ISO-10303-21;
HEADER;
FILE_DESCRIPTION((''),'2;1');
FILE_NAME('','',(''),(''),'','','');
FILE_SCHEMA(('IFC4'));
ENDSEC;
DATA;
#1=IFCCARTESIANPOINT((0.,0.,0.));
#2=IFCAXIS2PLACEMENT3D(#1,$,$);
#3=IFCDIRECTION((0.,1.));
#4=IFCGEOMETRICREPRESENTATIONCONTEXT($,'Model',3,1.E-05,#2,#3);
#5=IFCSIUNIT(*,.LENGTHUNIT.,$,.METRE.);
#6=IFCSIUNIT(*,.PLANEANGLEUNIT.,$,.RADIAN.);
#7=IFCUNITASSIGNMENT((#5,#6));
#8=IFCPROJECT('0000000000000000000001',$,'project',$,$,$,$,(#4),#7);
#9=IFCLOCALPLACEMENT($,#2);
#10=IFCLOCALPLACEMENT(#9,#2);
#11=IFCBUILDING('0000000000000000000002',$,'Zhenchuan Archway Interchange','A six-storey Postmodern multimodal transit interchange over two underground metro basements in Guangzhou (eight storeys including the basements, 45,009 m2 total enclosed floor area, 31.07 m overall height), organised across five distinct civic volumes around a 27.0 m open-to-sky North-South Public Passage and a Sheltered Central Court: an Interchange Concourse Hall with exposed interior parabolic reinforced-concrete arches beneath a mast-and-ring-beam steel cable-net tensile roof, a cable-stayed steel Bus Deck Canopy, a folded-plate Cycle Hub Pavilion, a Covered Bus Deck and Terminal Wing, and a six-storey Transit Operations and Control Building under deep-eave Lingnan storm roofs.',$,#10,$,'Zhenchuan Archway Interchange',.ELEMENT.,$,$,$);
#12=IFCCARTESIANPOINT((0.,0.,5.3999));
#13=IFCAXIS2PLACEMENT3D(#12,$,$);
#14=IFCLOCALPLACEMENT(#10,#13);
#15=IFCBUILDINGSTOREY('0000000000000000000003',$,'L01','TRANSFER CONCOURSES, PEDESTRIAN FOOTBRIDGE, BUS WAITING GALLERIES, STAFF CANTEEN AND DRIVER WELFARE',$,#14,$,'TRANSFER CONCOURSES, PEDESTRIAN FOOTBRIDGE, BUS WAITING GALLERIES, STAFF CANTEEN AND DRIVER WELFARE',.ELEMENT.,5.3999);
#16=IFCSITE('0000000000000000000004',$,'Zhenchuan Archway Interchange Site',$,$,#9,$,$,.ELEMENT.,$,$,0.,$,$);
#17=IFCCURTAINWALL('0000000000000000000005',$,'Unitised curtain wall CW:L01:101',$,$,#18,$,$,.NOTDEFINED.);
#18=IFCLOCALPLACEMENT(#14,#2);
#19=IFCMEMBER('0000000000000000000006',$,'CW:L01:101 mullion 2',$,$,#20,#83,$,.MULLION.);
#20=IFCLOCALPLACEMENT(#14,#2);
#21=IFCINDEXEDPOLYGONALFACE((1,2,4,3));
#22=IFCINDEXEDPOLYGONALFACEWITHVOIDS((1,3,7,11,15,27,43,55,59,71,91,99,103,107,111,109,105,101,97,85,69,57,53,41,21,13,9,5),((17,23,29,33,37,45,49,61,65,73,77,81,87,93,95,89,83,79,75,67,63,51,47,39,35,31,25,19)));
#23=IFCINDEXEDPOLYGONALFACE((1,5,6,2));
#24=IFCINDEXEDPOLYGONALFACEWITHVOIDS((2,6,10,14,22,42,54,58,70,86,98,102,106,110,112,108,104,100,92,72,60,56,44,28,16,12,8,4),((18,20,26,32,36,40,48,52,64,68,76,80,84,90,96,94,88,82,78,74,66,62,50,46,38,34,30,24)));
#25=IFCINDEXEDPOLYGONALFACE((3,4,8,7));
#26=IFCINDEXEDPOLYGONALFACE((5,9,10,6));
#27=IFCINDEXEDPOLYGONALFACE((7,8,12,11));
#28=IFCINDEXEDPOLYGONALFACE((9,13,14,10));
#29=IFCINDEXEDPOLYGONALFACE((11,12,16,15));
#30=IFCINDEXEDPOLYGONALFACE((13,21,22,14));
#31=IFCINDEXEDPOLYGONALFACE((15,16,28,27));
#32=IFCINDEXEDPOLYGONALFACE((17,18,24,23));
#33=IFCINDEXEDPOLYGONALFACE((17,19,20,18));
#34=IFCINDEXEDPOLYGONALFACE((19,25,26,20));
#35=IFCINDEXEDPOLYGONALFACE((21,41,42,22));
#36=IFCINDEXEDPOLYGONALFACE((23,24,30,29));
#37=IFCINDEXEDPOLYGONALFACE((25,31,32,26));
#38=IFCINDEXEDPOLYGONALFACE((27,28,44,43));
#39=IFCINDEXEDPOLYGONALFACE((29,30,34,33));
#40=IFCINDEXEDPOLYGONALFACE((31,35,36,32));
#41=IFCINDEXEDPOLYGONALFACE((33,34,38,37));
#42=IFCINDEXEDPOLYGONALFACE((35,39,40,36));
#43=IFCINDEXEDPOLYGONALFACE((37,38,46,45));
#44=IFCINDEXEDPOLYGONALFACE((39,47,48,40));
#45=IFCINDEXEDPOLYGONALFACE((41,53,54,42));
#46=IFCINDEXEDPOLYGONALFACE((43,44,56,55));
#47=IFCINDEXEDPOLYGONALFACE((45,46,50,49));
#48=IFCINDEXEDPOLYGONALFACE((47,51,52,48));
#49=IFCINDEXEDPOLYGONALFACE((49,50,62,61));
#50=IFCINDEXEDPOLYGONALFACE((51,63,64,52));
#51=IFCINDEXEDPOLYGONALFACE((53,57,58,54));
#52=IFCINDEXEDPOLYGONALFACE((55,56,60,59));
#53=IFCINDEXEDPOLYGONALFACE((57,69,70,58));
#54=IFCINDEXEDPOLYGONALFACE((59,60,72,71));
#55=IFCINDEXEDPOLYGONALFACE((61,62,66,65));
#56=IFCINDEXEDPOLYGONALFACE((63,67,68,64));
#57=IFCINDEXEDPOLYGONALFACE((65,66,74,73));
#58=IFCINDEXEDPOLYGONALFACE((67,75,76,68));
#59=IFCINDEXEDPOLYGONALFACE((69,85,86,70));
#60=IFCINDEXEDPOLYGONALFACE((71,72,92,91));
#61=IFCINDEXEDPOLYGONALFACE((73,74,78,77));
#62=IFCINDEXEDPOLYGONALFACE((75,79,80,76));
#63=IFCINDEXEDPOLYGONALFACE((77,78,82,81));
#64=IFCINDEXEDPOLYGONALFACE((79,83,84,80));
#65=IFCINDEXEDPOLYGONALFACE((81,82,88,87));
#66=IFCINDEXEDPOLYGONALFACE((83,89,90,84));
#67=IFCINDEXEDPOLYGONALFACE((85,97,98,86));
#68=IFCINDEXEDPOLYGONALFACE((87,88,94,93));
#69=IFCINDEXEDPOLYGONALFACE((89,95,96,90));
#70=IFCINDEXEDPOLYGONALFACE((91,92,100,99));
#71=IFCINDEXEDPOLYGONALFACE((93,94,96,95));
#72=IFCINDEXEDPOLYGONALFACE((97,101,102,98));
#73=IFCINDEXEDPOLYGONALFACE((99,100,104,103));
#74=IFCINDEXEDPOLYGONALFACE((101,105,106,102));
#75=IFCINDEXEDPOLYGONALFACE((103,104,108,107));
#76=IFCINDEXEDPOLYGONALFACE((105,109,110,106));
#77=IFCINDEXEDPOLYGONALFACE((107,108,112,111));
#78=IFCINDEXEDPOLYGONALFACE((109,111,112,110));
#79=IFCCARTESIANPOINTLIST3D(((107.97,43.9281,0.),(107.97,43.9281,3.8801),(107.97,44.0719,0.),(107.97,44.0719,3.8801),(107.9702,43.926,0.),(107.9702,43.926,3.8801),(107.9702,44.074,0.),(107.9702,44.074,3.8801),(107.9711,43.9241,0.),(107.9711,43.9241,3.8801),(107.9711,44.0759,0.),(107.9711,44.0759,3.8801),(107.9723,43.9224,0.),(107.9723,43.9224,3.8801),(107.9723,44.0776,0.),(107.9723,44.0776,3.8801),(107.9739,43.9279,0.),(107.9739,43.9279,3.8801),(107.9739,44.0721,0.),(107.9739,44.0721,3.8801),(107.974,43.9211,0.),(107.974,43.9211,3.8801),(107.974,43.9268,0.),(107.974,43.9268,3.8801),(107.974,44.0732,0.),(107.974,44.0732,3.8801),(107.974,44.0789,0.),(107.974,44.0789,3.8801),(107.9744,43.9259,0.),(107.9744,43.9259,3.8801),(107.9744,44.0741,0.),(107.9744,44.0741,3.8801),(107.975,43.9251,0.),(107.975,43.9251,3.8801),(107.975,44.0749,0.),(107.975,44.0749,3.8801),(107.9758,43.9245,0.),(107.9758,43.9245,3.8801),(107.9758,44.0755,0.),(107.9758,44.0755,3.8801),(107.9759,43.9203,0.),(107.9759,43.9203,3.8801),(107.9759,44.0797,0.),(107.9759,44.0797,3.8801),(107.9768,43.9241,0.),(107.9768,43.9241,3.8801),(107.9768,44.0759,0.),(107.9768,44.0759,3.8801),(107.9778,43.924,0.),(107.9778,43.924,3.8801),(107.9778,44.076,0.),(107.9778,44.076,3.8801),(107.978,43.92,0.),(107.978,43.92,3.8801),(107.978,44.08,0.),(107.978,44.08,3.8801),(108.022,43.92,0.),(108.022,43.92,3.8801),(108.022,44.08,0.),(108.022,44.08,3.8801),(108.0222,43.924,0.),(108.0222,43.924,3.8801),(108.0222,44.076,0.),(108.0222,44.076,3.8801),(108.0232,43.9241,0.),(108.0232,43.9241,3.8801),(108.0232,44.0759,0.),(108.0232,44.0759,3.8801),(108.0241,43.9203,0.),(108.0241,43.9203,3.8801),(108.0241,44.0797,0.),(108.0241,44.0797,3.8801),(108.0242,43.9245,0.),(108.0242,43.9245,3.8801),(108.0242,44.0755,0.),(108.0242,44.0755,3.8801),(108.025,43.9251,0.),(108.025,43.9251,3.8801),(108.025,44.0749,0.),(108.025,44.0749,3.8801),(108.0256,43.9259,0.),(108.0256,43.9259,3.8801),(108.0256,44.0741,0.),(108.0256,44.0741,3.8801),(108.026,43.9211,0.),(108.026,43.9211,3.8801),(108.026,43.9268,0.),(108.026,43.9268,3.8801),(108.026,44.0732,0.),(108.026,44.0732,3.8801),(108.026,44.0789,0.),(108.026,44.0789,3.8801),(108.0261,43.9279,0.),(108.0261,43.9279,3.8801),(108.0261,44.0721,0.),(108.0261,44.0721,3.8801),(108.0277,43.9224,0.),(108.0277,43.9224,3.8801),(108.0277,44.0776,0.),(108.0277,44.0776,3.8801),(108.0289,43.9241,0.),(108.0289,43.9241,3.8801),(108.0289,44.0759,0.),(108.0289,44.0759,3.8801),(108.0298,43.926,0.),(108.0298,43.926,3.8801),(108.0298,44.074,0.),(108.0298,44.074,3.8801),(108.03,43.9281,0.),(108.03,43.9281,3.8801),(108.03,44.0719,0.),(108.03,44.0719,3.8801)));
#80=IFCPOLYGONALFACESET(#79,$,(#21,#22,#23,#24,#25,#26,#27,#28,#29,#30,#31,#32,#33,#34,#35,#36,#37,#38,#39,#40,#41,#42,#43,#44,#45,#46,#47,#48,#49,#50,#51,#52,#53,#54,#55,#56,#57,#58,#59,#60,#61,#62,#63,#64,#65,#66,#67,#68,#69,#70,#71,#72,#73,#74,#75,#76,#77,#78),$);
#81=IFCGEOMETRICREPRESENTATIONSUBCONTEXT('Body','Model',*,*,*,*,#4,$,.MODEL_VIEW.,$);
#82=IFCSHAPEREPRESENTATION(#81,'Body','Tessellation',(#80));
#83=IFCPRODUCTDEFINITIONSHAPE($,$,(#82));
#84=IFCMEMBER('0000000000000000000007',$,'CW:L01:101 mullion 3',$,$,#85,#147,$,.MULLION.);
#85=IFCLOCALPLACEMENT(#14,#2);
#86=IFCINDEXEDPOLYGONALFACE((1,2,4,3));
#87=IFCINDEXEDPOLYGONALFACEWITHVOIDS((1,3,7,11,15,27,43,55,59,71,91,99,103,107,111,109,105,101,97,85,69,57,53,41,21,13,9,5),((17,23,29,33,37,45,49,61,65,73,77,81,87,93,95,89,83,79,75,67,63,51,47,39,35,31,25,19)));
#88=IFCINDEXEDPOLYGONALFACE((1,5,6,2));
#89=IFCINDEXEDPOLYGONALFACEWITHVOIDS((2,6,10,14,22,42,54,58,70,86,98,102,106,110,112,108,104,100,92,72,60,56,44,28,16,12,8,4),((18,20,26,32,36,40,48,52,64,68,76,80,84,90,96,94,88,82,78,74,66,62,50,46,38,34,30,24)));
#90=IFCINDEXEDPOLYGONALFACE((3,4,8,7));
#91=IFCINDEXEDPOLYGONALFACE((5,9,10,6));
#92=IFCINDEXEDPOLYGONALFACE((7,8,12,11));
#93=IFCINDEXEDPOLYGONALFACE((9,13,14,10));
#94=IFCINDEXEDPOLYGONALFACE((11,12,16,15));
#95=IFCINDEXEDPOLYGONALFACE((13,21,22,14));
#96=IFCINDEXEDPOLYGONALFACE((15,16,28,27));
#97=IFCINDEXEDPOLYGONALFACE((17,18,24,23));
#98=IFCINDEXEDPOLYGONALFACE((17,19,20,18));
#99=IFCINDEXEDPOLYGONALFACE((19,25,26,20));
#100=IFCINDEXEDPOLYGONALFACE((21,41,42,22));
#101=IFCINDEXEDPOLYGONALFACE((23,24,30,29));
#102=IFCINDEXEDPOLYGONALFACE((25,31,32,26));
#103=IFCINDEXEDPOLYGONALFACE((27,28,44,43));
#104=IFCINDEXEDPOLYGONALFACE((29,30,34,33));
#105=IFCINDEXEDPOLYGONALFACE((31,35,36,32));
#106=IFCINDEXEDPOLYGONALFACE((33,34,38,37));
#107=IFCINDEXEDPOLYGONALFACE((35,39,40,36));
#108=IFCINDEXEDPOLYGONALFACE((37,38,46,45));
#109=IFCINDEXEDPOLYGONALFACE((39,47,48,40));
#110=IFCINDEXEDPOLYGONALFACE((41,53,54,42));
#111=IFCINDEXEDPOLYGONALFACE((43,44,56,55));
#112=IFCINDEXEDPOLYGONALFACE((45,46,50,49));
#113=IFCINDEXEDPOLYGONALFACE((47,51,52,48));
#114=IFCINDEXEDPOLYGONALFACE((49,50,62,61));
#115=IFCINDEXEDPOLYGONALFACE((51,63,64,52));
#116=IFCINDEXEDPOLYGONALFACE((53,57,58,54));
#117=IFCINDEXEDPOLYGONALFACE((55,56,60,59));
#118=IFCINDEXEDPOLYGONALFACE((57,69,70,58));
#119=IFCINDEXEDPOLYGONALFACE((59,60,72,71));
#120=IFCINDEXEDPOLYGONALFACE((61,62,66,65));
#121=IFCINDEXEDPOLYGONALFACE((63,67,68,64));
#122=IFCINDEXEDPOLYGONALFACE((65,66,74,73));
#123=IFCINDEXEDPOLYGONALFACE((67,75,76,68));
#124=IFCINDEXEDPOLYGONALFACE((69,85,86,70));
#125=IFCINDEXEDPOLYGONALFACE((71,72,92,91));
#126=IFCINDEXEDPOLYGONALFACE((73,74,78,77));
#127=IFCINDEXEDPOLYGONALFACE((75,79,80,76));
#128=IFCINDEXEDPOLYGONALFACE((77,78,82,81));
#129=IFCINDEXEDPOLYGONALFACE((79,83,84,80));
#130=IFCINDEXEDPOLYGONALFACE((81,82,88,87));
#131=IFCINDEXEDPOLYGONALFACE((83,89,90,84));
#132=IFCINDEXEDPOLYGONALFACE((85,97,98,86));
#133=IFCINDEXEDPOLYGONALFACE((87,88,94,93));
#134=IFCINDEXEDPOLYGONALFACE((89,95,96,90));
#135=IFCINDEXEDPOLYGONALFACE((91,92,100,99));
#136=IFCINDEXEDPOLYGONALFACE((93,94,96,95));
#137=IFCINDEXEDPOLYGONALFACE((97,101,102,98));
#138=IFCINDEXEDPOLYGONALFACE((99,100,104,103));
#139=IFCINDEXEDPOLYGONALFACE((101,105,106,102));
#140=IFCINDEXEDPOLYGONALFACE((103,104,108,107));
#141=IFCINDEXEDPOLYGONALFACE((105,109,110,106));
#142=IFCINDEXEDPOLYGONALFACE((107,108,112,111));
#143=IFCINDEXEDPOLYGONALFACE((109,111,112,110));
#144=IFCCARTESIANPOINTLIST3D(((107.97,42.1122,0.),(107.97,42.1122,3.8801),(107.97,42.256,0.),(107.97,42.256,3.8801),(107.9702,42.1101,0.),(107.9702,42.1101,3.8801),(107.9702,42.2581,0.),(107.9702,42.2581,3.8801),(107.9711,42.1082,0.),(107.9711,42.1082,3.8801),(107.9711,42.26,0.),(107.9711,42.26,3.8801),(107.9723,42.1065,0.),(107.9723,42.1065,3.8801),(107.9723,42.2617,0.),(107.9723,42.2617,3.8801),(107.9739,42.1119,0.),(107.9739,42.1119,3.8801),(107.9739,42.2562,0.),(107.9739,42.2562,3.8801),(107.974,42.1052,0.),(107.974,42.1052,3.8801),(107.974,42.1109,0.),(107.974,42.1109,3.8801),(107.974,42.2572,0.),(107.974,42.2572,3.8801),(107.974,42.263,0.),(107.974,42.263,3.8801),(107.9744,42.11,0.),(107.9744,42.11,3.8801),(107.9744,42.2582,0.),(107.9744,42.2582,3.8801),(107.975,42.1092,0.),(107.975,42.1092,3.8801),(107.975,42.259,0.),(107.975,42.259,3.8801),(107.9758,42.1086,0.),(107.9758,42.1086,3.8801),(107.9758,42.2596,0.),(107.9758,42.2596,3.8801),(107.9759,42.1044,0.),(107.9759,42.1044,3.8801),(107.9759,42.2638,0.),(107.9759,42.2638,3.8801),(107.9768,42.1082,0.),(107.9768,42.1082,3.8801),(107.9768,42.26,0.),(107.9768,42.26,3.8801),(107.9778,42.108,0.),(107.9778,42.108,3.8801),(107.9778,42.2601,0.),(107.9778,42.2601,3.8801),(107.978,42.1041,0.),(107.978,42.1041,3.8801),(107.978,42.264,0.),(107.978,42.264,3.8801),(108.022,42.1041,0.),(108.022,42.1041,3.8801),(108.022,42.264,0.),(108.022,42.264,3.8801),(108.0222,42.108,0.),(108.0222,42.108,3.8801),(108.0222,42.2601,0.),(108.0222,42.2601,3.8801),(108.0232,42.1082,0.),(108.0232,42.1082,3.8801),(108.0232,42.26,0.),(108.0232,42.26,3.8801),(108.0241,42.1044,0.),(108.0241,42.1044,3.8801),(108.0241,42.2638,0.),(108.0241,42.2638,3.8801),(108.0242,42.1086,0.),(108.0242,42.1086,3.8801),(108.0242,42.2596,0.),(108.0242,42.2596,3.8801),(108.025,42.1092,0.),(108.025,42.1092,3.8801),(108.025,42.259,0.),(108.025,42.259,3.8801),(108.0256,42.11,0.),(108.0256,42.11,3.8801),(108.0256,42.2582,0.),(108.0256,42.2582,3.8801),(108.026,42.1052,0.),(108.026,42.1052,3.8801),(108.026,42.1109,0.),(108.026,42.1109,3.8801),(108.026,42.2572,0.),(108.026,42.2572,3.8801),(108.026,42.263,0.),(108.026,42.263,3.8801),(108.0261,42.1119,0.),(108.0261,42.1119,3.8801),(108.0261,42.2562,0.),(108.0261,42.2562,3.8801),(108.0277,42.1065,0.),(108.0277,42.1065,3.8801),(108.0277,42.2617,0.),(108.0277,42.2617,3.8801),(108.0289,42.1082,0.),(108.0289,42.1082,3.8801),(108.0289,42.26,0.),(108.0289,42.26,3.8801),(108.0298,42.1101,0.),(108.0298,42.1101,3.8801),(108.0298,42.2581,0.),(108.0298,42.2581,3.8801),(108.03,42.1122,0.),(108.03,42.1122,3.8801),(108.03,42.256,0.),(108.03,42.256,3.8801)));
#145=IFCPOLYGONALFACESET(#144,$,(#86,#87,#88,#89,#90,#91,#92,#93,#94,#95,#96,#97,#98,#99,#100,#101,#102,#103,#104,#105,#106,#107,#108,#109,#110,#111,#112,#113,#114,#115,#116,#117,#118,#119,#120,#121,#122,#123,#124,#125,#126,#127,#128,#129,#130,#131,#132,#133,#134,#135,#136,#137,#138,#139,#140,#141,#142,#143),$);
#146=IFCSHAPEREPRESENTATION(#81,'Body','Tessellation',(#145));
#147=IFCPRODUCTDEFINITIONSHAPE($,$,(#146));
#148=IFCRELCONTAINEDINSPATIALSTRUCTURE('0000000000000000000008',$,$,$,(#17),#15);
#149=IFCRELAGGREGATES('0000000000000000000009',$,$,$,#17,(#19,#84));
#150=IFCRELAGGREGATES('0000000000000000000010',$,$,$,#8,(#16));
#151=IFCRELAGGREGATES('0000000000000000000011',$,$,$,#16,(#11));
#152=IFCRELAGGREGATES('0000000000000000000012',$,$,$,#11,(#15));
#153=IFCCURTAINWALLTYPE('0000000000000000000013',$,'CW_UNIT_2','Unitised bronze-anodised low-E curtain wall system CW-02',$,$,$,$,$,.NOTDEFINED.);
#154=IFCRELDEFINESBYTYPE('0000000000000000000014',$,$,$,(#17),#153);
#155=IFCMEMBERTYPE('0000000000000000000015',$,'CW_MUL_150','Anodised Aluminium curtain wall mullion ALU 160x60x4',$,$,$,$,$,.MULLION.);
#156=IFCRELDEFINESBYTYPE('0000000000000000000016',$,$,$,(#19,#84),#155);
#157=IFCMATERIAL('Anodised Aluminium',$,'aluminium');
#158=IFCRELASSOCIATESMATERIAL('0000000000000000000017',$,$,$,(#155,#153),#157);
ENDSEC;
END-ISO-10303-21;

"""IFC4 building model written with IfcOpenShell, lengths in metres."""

from ifc_helpers import new_model, si_unit, direction, frame, origin, origin_2d, place, context, subcontext, project, spatial, hollow_rectangle, extrude, material, material_profile, profile_set, type_object, element, aggregate, save


model = new_model("IFC4")

# Units and contexts
model_context = context("Model", 3, precision=1e-05, world=origin(), true_north=direction((0.0, 1.0)))
body_context = subcontext(model_context, "Body", "Model", "MODEL_VIEW")
ifc_project = project(units=[si_unit("LENGTHUNIT", "METRE"), si_unit("PLANEANGLEUNIT", "RADIAN")], contexts=[model_context])

# Site, building, storey
site_placement = place(None, origin())
site = spatial("IfcSite", under=ifc_project, at=site_placement, Name="Zhenchuan Archway Interchange Site", CompositionType="ELEMENT", RefElevation=0.0)
building_placement = place(site_placement, origin())
building = spatial("IfcBuilding", under=site, at=building_placement, Name="Zhenchuan Archway Interchange", Description="A six-storey Postmodern multimodal transit interchange over two underground metro basements in Guangzhou (eight storeys including the basements, 45,009 m2 total enclosed floor area, 31.07 m overall height), organised across five distinct civic volumes around a 27.0 m open-to-sky North-South Public Passage and a Sheltered Central Court: an Interchange Concourse Hall with exposed interior parabolic reinforced-concrete arches beneath a mast-and-ring-beam steel cable-net tensile roof, a cable-stayed steel Bus Deck Canopy, a folded-plate Cycle Hub Pavilion, a Covered Bus Deck and Terminal Wing, and a six-storey Transit Operations and Control Building under deep-eave Lingnan storm roofs.", LongName="Zhenchuan Archway Interchange", CompositionType="ELEMENT")
storey_placement = place(building_placement, frame((0.0, 0.0, 5.3999)))
storey = spatial("IfcBuildingStorey", under=building, at=storey_placement, Name="L01", Description="TRANSFER CONCOURSES, PEDESTRIAN FOOTBRIDGE, BUS WAITING GALLERIES, STAFF CANTEEN AND DRIVER WELFARE", LongName="TRANSFER CONCOURSES, PEDESTRIAN FOOTBRIDGE, BUS WAITING GALLERIES, STAFF CANTEEN AND DRIVER WELFARE", CompositionType="ELEMENT", Elevation=5.3999)

# Shared definitions
ifc_material_1 = material(Name="Anodised Aluminium", Category="aluminium")
ifc_material_profile_1 = material_profile(ifc_material_1, hollow_rectangle(XDim=0.0601, YDim=0.1599, WallThickness=0.0039, InnerFilletRadius=0.0039, OuterFilletRadius=0.0081, at=origin_2d()), Name="ALU 160x60x4")
ifc_profile_set_1 = profile_set([ifc_material_profile_1], Name="Anodised Aluminium")
member_type_1 = type_object("IfcMemberType", Name="CW_MUL_150", Description="Anodised Aluminium curtain wall mullion ALU 160x60x4", PredefinedType="MULLION", material=ifc_profile_set_1)

# Curtain wall, members
curtain_wall_type_1 = type_object("IfcCurtainWallType", Name="CW_UNIT_2", Description="Unitised bronze-anodised low-E curtain wall system CW-02", PredefinedType="NOTDEFINED", material=ifc_material_1)
curtain_wall_1_placement = place(storey_placement, origin())
curtain_wall_1 = element("IfcCurtainWall", 1, at=curtain_wall_1_placement, inside=storey, type_object=curtain_wall_type_1, Name="Unitised curtain wall CW:L01:101", PredefinedType="NOTDEFINED")
member_1_placement = place(storey_placement, frame((108.0, 44.0, 0.0), z_axis=(0.0, 0.0, 1.0), x_axis=(1.0, 0.0, 0.0)))
member_1 = element("IfcMember", 2, at=member_1_placement, type_object=member_type_1, Name="CW:L01:101 mullion 2", PredefinedType="MULLION", context=body_context, shape_type="SweptSolid", body=[
    extrude(hollow_rectangle(XDim=0.0601, YDim=0.1599, WallThickness=0.0039, InnerFilletRadius=0.0039, OuterFilletRadius=0.0081, at=origin_2d()), origin(), (0.0, 0.0, 1.0), 3.8801),
])
member_2_placement = place(storey_placement, frame((108.0, 42.1841, 0.0), z_axis=(0.0, 0.0, 1.0), x_axis=(1.0, 0.0, 0.0)))
member_2 = element("IfcMember", 3, at=member_2_placement, type_object=member_type_1, Name="CW:L01:101 mullion 3", PredefinedType="MULLION", context=body_context, shape_type="SweptSolid", body=[
    extrude(hollow_rectangle(XDim=0.0601, YDim=0.1599, WallThickness=0.0039, InnerFilletRadius=0.0039, OuterFilletRadius=0.0081, at=origin_2d()), origin(), (0.0, 0.0, 1.0), 3.8801),
])

aggregate(curtain_wall_1, [member_1, member_2])

save(model, "model.ifc")
